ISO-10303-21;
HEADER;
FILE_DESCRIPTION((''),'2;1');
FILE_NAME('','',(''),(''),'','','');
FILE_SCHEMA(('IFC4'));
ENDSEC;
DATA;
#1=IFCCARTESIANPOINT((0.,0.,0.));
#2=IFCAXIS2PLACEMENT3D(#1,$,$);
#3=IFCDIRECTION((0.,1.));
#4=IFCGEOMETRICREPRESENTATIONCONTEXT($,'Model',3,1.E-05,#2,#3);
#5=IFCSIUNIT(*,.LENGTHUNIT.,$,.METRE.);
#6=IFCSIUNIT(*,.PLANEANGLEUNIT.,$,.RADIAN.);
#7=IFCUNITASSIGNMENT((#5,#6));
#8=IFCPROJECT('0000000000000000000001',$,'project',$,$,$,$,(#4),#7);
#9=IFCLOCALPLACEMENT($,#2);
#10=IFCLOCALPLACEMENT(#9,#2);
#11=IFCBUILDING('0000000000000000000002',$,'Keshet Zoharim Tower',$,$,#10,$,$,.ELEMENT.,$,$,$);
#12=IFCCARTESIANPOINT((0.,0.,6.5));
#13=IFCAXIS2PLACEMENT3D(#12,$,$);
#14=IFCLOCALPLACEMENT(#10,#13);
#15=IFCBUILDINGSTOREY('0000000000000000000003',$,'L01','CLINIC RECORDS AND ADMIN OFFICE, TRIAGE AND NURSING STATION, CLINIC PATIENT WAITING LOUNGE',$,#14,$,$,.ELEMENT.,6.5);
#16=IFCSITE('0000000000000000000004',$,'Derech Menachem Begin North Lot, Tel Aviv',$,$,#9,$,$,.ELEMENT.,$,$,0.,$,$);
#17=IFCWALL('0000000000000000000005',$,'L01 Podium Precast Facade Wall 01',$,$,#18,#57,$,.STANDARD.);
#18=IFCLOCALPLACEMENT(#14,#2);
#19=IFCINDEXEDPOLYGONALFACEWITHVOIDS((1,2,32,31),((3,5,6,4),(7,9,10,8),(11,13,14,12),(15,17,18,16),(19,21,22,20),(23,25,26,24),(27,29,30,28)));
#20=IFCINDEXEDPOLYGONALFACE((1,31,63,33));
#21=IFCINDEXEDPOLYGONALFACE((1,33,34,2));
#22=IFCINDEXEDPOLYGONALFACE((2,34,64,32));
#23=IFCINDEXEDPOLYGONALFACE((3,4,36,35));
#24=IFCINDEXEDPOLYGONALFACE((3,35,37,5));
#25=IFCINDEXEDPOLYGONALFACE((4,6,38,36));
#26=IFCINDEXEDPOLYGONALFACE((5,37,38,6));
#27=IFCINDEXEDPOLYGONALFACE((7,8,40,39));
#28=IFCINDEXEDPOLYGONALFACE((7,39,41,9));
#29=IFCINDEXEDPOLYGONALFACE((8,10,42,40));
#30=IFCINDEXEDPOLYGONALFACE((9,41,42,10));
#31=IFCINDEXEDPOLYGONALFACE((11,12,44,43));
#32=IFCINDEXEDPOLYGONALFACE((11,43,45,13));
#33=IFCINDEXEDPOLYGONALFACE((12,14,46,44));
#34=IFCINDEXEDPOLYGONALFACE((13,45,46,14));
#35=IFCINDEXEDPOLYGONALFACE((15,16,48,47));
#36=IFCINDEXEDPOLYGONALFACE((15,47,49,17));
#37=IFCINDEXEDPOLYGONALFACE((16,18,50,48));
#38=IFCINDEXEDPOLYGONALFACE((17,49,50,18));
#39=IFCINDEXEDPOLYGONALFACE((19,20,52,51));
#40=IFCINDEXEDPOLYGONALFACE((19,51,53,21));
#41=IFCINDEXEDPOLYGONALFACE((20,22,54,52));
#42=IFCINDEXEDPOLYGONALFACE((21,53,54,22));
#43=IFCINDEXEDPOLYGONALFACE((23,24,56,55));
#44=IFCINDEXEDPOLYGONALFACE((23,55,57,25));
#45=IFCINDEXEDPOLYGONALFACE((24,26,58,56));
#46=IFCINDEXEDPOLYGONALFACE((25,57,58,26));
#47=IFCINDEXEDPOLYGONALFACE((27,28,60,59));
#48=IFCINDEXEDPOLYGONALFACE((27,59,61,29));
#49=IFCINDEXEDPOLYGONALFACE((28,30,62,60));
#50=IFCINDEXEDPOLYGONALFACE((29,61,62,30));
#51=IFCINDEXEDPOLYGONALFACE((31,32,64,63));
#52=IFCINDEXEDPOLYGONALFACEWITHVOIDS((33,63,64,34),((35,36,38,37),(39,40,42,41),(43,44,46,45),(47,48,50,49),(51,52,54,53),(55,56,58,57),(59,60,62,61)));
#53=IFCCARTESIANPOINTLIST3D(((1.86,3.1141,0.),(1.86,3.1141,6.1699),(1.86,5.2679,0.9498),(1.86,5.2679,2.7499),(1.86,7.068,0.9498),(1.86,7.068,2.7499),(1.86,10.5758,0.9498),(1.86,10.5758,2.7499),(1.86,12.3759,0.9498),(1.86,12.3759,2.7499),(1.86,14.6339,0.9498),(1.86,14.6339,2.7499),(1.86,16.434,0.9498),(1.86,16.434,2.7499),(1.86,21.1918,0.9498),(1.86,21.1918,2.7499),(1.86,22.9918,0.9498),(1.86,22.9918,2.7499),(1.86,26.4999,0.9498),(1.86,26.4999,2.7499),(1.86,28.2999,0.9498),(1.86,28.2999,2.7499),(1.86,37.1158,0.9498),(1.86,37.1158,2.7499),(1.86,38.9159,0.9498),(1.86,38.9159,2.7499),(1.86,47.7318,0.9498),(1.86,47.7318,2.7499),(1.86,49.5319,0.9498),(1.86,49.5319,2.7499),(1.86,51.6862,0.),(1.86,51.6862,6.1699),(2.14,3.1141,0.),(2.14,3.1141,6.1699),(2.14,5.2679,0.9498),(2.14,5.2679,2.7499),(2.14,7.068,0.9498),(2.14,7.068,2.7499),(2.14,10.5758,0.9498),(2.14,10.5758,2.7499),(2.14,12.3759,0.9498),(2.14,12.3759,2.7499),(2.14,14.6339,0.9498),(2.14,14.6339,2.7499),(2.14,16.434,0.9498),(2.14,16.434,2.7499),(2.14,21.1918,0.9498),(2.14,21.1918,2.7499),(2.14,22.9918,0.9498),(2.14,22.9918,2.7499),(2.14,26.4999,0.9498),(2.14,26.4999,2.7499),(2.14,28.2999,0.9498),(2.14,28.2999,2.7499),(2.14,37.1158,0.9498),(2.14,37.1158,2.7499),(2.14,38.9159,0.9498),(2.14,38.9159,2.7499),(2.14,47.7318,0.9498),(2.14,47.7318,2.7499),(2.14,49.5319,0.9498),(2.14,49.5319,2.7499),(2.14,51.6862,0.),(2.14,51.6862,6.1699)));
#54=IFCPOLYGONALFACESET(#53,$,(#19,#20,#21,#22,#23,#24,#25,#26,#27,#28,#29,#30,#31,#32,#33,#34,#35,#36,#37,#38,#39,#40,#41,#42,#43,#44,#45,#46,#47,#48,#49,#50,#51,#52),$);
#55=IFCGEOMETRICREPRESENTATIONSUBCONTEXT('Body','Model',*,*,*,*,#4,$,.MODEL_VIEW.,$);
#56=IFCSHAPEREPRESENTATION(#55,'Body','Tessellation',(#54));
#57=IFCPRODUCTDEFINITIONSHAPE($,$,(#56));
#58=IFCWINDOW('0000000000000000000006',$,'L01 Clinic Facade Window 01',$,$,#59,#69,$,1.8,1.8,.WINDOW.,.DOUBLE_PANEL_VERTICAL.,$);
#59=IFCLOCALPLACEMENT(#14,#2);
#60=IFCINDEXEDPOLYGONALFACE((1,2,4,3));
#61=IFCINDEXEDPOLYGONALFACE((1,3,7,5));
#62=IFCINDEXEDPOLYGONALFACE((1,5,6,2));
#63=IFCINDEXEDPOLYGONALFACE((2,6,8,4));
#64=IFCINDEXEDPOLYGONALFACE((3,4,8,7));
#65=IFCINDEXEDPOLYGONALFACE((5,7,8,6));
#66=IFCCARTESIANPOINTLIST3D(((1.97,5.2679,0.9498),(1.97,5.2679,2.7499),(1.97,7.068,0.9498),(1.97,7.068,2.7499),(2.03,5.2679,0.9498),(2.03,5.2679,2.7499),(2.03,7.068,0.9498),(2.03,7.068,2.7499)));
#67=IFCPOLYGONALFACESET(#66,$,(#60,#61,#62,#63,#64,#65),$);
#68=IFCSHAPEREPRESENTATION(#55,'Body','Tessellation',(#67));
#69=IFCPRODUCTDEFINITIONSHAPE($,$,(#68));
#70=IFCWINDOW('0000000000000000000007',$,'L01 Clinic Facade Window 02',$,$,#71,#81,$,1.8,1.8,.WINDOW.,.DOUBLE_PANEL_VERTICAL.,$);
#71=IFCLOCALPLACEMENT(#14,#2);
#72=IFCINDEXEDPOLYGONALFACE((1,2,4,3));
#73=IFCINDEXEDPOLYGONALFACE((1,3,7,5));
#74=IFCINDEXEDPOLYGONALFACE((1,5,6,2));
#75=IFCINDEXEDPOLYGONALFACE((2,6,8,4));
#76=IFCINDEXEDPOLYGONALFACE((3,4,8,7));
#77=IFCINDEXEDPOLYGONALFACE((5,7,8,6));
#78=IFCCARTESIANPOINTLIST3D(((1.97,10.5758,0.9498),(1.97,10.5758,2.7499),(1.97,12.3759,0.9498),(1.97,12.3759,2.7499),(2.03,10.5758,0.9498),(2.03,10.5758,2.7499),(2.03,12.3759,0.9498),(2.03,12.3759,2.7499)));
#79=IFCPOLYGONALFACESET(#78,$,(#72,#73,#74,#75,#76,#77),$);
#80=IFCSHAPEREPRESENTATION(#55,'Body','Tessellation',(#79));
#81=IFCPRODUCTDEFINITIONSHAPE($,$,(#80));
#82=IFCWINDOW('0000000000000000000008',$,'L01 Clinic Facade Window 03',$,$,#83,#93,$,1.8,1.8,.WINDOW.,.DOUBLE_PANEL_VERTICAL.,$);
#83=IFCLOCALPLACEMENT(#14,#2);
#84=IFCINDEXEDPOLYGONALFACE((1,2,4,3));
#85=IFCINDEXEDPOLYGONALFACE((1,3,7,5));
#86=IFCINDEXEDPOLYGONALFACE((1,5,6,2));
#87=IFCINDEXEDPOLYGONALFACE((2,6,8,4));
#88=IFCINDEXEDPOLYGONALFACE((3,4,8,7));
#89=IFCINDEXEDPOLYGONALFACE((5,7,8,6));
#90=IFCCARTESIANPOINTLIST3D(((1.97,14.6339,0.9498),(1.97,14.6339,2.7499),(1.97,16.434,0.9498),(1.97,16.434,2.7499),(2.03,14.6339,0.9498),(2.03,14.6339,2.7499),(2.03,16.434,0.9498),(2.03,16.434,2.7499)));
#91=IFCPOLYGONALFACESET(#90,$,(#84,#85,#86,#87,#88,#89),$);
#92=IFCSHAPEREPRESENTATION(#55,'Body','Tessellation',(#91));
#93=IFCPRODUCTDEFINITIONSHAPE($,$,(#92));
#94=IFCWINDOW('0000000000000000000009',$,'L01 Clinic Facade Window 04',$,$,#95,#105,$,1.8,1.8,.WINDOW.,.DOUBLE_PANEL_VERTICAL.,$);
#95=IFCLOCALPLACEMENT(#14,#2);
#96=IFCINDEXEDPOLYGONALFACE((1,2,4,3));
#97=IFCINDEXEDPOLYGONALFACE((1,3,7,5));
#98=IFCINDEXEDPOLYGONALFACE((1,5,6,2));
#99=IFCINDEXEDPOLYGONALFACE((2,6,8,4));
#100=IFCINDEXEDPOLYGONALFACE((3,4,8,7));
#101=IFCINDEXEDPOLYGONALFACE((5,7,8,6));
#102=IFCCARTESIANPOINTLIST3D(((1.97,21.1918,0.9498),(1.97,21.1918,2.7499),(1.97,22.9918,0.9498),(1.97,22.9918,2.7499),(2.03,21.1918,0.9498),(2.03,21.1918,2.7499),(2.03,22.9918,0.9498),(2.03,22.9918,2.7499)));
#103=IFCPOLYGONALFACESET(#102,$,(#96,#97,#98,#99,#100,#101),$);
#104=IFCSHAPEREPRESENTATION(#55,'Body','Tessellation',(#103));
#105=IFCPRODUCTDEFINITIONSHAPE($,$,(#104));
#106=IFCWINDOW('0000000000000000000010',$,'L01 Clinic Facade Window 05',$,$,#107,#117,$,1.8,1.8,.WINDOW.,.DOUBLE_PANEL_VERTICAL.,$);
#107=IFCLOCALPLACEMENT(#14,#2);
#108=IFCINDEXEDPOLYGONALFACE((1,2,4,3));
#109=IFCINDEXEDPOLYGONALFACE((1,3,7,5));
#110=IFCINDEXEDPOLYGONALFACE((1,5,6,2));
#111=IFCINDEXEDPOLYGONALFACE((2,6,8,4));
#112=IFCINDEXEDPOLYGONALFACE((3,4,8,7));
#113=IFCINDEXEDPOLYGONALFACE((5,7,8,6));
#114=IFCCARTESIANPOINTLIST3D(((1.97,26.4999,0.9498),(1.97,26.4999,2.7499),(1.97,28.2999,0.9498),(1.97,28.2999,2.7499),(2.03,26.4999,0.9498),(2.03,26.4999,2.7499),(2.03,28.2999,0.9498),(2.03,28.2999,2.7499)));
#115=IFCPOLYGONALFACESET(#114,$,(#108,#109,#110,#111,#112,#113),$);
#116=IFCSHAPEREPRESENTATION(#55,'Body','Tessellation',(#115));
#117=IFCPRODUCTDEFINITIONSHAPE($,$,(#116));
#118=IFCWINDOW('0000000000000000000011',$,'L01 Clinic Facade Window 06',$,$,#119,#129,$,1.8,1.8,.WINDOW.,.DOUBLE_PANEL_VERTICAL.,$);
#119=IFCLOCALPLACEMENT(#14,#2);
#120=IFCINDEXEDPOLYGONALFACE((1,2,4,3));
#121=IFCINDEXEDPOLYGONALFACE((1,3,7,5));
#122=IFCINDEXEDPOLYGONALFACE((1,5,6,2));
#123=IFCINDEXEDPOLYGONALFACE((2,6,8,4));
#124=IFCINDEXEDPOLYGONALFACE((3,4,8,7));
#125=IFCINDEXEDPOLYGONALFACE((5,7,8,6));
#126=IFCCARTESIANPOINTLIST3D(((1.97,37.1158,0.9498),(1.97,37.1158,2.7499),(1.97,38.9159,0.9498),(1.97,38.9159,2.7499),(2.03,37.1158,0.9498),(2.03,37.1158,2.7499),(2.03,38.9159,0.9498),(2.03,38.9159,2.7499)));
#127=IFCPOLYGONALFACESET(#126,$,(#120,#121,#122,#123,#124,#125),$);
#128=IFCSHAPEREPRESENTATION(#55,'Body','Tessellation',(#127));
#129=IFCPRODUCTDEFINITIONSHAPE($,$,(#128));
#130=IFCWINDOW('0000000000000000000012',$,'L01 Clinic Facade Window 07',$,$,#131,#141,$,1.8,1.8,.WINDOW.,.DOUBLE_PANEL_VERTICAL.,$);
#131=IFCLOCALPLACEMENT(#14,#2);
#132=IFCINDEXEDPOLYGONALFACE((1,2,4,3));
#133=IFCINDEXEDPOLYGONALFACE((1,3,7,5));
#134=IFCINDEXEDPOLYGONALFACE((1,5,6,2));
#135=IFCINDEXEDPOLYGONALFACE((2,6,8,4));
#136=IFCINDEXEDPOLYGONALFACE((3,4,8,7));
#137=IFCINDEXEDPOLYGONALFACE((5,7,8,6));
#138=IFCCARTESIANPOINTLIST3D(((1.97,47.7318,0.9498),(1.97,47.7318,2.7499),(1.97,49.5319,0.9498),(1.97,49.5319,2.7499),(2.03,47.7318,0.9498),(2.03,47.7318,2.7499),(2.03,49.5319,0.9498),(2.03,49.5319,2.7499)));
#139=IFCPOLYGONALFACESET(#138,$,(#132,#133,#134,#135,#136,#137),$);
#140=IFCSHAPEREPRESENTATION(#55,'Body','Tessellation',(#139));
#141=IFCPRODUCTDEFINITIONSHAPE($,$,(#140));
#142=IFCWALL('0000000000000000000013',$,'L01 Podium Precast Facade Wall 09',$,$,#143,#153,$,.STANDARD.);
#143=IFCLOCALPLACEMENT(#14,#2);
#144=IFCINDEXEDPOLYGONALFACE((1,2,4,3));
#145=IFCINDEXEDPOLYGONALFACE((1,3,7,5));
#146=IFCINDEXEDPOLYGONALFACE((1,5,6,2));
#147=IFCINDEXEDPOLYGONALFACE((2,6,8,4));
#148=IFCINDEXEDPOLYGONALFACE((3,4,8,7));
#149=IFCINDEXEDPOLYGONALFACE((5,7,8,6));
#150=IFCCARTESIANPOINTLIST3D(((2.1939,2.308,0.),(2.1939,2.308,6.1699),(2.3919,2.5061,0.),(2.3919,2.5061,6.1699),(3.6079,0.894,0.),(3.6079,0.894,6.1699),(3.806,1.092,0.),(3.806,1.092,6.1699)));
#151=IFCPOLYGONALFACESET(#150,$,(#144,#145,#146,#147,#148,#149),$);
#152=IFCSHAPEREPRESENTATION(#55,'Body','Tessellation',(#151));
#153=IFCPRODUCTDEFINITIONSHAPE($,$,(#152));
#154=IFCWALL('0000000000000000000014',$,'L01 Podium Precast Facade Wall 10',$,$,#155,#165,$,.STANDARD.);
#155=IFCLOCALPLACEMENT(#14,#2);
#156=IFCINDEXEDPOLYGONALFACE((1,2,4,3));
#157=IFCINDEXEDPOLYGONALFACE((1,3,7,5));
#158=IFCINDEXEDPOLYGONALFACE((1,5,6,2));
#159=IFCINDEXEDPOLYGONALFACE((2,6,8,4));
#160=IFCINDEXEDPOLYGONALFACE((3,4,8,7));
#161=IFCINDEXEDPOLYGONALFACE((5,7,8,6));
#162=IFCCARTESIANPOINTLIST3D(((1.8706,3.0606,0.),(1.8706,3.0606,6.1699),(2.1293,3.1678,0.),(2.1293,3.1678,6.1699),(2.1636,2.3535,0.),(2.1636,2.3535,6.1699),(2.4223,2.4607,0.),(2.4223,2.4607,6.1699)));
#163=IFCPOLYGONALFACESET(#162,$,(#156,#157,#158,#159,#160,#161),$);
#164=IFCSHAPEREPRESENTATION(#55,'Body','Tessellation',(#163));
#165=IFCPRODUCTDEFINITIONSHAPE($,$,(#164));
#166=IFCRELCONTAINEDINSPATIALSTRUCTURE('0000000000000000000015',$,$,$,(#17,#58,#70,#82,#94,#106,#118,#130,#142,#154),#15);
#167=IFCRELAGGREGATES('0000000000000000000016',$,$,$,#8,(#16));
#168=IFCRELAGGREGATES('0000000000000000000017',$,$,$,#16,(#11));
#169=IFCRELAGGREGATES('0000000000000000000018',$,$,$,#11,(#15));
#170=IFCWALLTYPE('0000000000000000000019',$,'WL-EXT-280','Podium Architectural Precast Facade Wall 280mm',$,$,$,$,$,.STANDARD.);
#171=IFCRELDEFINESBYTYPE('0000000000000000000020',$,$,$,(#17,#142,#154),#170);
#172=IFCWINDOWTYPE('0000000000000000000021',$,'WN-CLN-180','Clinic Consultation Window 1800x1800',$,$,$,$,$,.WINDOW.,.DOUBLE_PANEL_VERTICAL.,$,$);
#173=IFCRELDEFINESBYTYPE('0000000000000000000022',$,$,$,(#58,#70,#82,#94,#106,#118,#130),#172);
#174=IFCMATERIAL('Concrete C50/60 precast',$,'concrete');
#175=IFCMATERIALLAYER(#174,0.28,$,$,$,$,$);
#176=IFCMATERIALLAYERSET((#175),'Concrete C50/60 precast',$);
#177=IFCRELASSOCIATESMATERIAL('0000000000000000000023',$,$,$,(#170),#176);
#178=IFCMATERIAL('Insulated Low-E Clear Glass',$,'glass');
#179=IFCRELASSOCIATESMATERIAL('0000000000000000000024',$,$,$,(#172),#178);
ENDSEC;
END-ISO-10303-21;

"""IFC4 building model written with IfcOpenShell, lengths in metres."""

from ifc_helpers import new_model, si_unit, direction, frame, frame_2d, origin, place, context, subcontext, project, spatial, rectangle, extrude, material, layer, layer_set, type_object, element, fill, save


model = new_model("IFC4")

# Units and contexts
model_context = context("Model", 3, precision=1e-05, world=origin(), true_north=direction((0.0, 1.0)))
body_context = subcontext(model_context, "Body", "Model", "MODEL_VIEW")
ifc_project = project(units=[si_unit("LENGTHUNIT", "METRE"), si_unit("PLANEANGLEUNIT", "RADIAN")], contexts=[model_context])

# Site, building, storey
site_placement = place(None, origin())
site = spatial("IfcSite", under=ifc_project, at=site_placement, Name="Derech Menachem Begin North Lot, Tel Aviv", CompositionType="ELEMENT", RefElevation=0.0)
building_placement = place(site_placement, origin())
building = spatial("IfcBuilding", under=site, at=building_placement, Name="Keshet Zoharim Tower", CompositionType="ELEMENT")
storey_placement = place(building_placement, frame((0.0, 0.0, 6.5)))
storey = spatial("IfcBuildingStorey", under=building, at=storey_placement, Name="L01", Description="CLINIC RECORDS AND ADMIN OFFICE, TRIAGE AND NURSING STATION, CLINIC PATIENT WAITING LOUNGE", CompositionType="ELEMENT", Elevation=6.5)

# Wall, openings, windows
ifc_material_1 = material(Name="Concrete C50/60 precast", Category="concrete")
ifc_layer_1 = layer(ifc_material_1, 0.28)
ifc_layer_set_1 = layer_set([ifc_layer_1], Name="Concrete C50/60 precast")
wall_type_1 = type_object("IfcWallType", Name="WL-EXT-280", Description="Podium Architectural Precast Facade Wall 280mm", PredefinedType="STANDARD", material=ifc_layer_set_1)
wall_1_placement = place(storey_placement, frame((2.0, 3.114, 0.0), z_axis=(0.0, 0.0, 1.0), x_axis=(0.0, 1.0, 0.0)))
wall_1 = element("IfcWall", 1, at=wall_1_placement, inside=storey, type_object=wall_type_1, Name="L01 Podium Precast Facade Wall 01", PredefinedType="STANDARD", context=body_context, shape_type="SweptSolid", body=[
    extrude(rectangle(XDim=48.572, YDim=0.28, at=frame_2d((24.2861, 0.0))), origin(), (0.0, 0.0, 1.0), 6.1699),
])
opening_1_placement = place(wall_1_placement, frame((2.1541, 0.0, 0.95)))
opening_1 = element("IfcOpeningElement", 2, at=opening_1_placement, cuts=wall_1, PredefinedType="OPENING", context=body_context, shape_type="SweptSolid", body=[
    extrude(rectangle(XDim=1.8, YDim=1.8, at=frame_2d((0.8999, 0.8999))), frame((0.0, 0.1499, 0.0), z_axis=(0.0, -1.0, 0.0), x_axis=(1.0, 0.0, 0.0)), (0.0, 0.0, 1.0), 0.3),
])
opening_2_placement = place(wall_1_placement, frame((7.4619, 0.0, 0.95)))
opening_2 = element("IfcOpeningElement", 3, at=opening_2_placement, cuts=wall_1, PredefinedType="OPENING", context=body_context, shape_type="SweptSolid", body=[
    extrude(rectangle(XDim=1.8, YDim=1.8, at=frame_2d((0.8999, 0.8999))), frame((0.0, 0.1499, 0.0), z_axis=(0.0, -1.0, 0.0), x_axis=(1.0, 0.0, 0.0)), (0.0, 0.0, 1.0), 0.3),
])
opening_3_placement = place(wall_1_placement, frame((11.52, 0.0, 0.95)))
opening_3 = element("IfcOpeningElement", 4, at=opening_3_placement, cuts=wall_1, PredefinedType="OPENING", context=body_context, shape_type="SweptSolid", body=[
    extrude(rectangle(XDim=1.8, YDim=1.8, at=frame_2d((0.8999, 0.8999))), frame((0.0, 0.1499, 0.0), z_axis=(0.0, -1.0, 0.0), x_axis=(1.0, 0.0, 0.0)), (0.0, 0.0, 1.0), 0.3),
])
opening_4_placement = place(wall_1_placement, frame((18.0779, 0.0, 0.95)))
opening_4 = element("IfcOpeningElement", 5, at=opening_4_placement, cuts=wall_1, PredefinedType="OPENING", context=body_context, shape_type="SweptSolid", body=[
    extrude(rectangle(XDim=1.8, YDim=1.8, at=frame_2d((0.8999, 0.8999))), frame((0.0, 0.1499, 0.0), z_axis=(0.0, -1.0, 0.0), x_axis=(1.0, 0.0, 0.0)), (0.0, 0.0, 1.0), 0.3),
])
opening_5_placement = place(wall_1_placement, frame((23.386, 0.0, 0.95)))
opening_5 = element("IfcOpeningElement", 6, at=opening_5_placement, cuts=wall_1, PredefinedType="OPENING", context=body_context, shape_type="SweptSolid", body=[
    extrude(rectangle(XDim=1.8, YDim=1.8, at=frame_2d((0.8999, 0.8999))), frame((0.0, 0.1499, 0.0), z_axis=(0.0, -1.0, 0.0), x_axis=(1.0, 0.0, 0.0)), (0.0, 0.0, 1.0), 0.3),
])
opening_6_placement = place(wall_1_placement, frame((34.002, 0.0, 0.95)))
opening_6 = element("IfcOpeningElement", 7, at=opening_6_placement, cuts=wall_1, PredefinedType="OPENING", context=body_context, shape_type="SweptSolid", body=[
    extrude(rectangle(XDim=1.8, YDim=1.8, at=frame_2d((0.8999, 0.8999))), frame((0.0, 0.1499, 0.0), z_axis=(0.0, -1.0, 0.0), x_axis=(1.0, 0.0, 0.0)), (0.0, 0.0, 1.0), 0.3),
])
opening_7_placement = place(wall_1_placement, frame((44.6179, 0.0, 0.95)))
opening_7 = element("IfcOpeningElement", 8, at=opening_7_placement, cuts=wall_1, PredefinedType="OPENING", context=body_context, shape_type="SweptSolid", body=[
    extrude(rectangle(XDim=1.8, YDim=1.8, at=frame_2d((0.8999, 0.8999))), frame((0.0, 0.1499, 0.0), z_axis=(0.0, -1.0, 0.0), x_axis=(1.0, 0.0, 0.0)), (0.0, 0.0, 1.0), 0.3),
])
ifc_material_2 = material(Name="Insulated Low-E Clear Glass", Category="glass")
window_type = type_object("IfcWindowType", Name="WN-CLN-180", Description="Clinic Consultation Window 1800x1800", PartitioningType="DOUBLE_PANEL_VERTICAL", PredefinedType="WINDOW", material=ifc_material_2)
window_1_placement = place(opening_1_placement, origin())
window_1 = element("IfcWindow", 9, at=window_1_placement, inside=storey, type_object=window_type, Name="L01 Clinic Facade Window 01", OverallHeight=1.8, OverallWidth=1.8, PartitioningType="DOUBLE_PANEL_VERTICAL", PredefinedType="WINDOW", context=body_context, shape_type="SweptSolid", body=[
    extrude(rectangle(XDim=1.8, YDim=1.8, at=frame_2d((0.8999, 0.8999))), frame((0.0, 0.03, 0.0), z_axis=(0.0, -1.0, 0.0), x_axis=(1.0, 0.0, 0.0)), (0.0, 0.0, 1.0), 0.0601),
])
fill(opening_1, window_1)
window_2_placement = place(opening_2_placement, origin())
window_2 = element("IfcWindow", 10, at=window_2_placement, inside=storey, type_object=window_type, Name="L01 Clinic Facade Window 02", OverallHeight=1.8, OverallWidth=1.8, PartitioningType="DOUBLE_PANEL_VERTICAL", PredefinedType="WINDOW", context=body_context, shape_type="SweptSolid", body=[
    extrude(rectangle(XDim=1.8, YDim=1.8, at=frame_2d((0.8999, 0.8999))), frame((0.0, 0.03, 0.0), z_axis=(0.0, -1.0, 0.0), x_axis=(1.0, 0.0, 0.0)), (0.0, 0.0, 1.0), 0.0601),
])
fill(opening_2, window_2)
window_3_placement = place(opening_3_placement, origin())
window_3 = element("IfcWindow", 11, at=window_3_placement, inside=storey, type_object=window_type, Name="L01 Clinic Facade Window 03", OverallHeight=1.8, OverallWidth=1.8, PartitioningType="DOUBLE_PANEL_VERTICAL", PredefinedType="WINDOW", context=body_context, shape_type="SweptSolid", body=[
    extrude(rectangle(XDim=1.8, YDim=1.8, at=frame_2d((0.8999, 0.8999))), frame((0.0, 0.03, 0.0), z_axis=(0.0, -1.0, 0.0), x_axis=(1.0, 0.0, 0.0)), (0.0, 0.0, 1.0), 0.0601),
])
fill(opening_3, window_3)
window_4_placement = place(opening_4_placement, origin())
window_4 = element("IfcWindow", 12, at=window_4_placement, inside=storey, type_object=window_type, Name="L01 Clinic Facade Window 04", OverallHeight=1.8, OverallWidth=1.8, PartitioningType="DOUBLE_PANEL_VERTICAL", PredefinedType="WINDOW", context=body_context, shape_type="SweptSolid", body=[
    extrude(rectangle(XDim=1.8, YDim=1.8, at=frame_2d((0.8999, 0.8999))), frame((0.0, 0.03, 0.0), z_axis=(0.0, -1.0, 0.0), x_axis=(1.0, 0.0, 0.0)), (0.0, 0.0, 1.0), 0.0601),
])
fill(opening_4, window_4)
window_5_placement = place(opening_5_placement, origin())
window_5 = element("IfcWindow", 13, at=window_5_placement, inside=storey, type_object=window_type, Name="L01 Clinic Facade Window 05", OverallHeight=1.8, OverallWidth=1.8, PartitioningType="DOUBLE_PANEL_VERTICAL", PredefinedType="WINDOW", context=body_context, shape_type="SweptSolid", body=[
    extrude(rectangle(XDim=1.8, YDim=1.8, at=frame_2d((0.8999, 0.8999))), frame((0.0, 0.03, 0.0), z_axis=(0.0, -1.0, 0.0), x_axis=(1.0, 0.0, 0.0)), (0.0, 0.0, 1.0), 0.0601),
])
fill(opening_5, window_5)
window_6_placement = place(opening_6_placement, origin())
window_6 = element("IfcWindow", 14, at=window_6_placement, inside=storey, type_object=window_type, Name="L01 Clinic Facade Window 06", OverallHeight=1.8, OverallWidth=1.8, PartitioningType="DOUBLE_PANEL_VERTICAL", PredefinedType="WINDOW", context=body_context, shape_type="SweptSolid", body=[
    extrude(rectangle(XDim=1.8, YDim=1.8, at=frame_2d((0.8999, 0.8999))), frame((0.0, 0.03, 0.0), z_axis=(0.0, -1.0, 0.0), x_axis=(1.0, 0.0, 0.0)), (0.0, 0.0, 1.0), 0.0601),
])
fill(opening_6, window_6)
window_7_placement = place(opening_7_placement, origin())
window_7 = element("IfcWindow", 15, at=window_7_placement, inside=storey, type_object=window_type, Name="L01 Clinic Facade Window 07", OverallHeight=1.8, OverallWidth=1.8, PartitioningType="DOUBLE_PANEL_VERTICAL", PredefinedType="WINDOW", context=body_context, shape_type="SweptSolid", body=[
    extrude(rectangle(XDim=1.8, YDim=1.8, at=frame_2d((0.8999, 0.8999))), frame((0.0, 0.03, 0.0), z_axis=(0.0, -1.0, 0.0), x_axis=(1.0, 0.0, 0.0)), (0.0, 0.0, 1.0), 0.0601),
])
fill(opening_7, window_7)

# Walls
wall_2_placement = place(storey_placement, frame((3.707, 0.9929, 0.0), z_axis=(0.0, 0.0, 1.0), x_axis=(-0.707107, 0.707107, 0.0)))
element("IfcWall", 16, at=wall_2_placement, inside=storey, type_object=wall_type_1, Name="L01 Podium Precast Facade Wall 09", PredefinedType="STANDARD", context=body_context, shape_type="SweptSolid", body=[
    extrude(rectangle(XDim=1.9998, YDim=0.28, at=frame_2d((1.0, 0.0))), origin(), (0.0, 0.0, 1.0), 6.1699),
])
wall_3_placement = place(storey_placement, frame((2.293, 2.407, 0.0), z_axis=(0.0, 0.0, 1.0), x_axis=(-0.382803, 0.92383, 0.0)))
element("IfcWall", 17, at=wall_3_placement, inside=storey, type_object=wall_type_1, Name="L01 Podium Precast Facade Wall 10", PredefinedType="STANDARD", context=body_context, shape_type="SweptSolid", body=[
    extrude(rectangle(XDim=0.7654, YDim=0.28, at=frame_2d((0.3828, 0.0))), origin(), (0.0, 0.0, 1.0), 6.1699),
])

save(model, "model.ifc")
